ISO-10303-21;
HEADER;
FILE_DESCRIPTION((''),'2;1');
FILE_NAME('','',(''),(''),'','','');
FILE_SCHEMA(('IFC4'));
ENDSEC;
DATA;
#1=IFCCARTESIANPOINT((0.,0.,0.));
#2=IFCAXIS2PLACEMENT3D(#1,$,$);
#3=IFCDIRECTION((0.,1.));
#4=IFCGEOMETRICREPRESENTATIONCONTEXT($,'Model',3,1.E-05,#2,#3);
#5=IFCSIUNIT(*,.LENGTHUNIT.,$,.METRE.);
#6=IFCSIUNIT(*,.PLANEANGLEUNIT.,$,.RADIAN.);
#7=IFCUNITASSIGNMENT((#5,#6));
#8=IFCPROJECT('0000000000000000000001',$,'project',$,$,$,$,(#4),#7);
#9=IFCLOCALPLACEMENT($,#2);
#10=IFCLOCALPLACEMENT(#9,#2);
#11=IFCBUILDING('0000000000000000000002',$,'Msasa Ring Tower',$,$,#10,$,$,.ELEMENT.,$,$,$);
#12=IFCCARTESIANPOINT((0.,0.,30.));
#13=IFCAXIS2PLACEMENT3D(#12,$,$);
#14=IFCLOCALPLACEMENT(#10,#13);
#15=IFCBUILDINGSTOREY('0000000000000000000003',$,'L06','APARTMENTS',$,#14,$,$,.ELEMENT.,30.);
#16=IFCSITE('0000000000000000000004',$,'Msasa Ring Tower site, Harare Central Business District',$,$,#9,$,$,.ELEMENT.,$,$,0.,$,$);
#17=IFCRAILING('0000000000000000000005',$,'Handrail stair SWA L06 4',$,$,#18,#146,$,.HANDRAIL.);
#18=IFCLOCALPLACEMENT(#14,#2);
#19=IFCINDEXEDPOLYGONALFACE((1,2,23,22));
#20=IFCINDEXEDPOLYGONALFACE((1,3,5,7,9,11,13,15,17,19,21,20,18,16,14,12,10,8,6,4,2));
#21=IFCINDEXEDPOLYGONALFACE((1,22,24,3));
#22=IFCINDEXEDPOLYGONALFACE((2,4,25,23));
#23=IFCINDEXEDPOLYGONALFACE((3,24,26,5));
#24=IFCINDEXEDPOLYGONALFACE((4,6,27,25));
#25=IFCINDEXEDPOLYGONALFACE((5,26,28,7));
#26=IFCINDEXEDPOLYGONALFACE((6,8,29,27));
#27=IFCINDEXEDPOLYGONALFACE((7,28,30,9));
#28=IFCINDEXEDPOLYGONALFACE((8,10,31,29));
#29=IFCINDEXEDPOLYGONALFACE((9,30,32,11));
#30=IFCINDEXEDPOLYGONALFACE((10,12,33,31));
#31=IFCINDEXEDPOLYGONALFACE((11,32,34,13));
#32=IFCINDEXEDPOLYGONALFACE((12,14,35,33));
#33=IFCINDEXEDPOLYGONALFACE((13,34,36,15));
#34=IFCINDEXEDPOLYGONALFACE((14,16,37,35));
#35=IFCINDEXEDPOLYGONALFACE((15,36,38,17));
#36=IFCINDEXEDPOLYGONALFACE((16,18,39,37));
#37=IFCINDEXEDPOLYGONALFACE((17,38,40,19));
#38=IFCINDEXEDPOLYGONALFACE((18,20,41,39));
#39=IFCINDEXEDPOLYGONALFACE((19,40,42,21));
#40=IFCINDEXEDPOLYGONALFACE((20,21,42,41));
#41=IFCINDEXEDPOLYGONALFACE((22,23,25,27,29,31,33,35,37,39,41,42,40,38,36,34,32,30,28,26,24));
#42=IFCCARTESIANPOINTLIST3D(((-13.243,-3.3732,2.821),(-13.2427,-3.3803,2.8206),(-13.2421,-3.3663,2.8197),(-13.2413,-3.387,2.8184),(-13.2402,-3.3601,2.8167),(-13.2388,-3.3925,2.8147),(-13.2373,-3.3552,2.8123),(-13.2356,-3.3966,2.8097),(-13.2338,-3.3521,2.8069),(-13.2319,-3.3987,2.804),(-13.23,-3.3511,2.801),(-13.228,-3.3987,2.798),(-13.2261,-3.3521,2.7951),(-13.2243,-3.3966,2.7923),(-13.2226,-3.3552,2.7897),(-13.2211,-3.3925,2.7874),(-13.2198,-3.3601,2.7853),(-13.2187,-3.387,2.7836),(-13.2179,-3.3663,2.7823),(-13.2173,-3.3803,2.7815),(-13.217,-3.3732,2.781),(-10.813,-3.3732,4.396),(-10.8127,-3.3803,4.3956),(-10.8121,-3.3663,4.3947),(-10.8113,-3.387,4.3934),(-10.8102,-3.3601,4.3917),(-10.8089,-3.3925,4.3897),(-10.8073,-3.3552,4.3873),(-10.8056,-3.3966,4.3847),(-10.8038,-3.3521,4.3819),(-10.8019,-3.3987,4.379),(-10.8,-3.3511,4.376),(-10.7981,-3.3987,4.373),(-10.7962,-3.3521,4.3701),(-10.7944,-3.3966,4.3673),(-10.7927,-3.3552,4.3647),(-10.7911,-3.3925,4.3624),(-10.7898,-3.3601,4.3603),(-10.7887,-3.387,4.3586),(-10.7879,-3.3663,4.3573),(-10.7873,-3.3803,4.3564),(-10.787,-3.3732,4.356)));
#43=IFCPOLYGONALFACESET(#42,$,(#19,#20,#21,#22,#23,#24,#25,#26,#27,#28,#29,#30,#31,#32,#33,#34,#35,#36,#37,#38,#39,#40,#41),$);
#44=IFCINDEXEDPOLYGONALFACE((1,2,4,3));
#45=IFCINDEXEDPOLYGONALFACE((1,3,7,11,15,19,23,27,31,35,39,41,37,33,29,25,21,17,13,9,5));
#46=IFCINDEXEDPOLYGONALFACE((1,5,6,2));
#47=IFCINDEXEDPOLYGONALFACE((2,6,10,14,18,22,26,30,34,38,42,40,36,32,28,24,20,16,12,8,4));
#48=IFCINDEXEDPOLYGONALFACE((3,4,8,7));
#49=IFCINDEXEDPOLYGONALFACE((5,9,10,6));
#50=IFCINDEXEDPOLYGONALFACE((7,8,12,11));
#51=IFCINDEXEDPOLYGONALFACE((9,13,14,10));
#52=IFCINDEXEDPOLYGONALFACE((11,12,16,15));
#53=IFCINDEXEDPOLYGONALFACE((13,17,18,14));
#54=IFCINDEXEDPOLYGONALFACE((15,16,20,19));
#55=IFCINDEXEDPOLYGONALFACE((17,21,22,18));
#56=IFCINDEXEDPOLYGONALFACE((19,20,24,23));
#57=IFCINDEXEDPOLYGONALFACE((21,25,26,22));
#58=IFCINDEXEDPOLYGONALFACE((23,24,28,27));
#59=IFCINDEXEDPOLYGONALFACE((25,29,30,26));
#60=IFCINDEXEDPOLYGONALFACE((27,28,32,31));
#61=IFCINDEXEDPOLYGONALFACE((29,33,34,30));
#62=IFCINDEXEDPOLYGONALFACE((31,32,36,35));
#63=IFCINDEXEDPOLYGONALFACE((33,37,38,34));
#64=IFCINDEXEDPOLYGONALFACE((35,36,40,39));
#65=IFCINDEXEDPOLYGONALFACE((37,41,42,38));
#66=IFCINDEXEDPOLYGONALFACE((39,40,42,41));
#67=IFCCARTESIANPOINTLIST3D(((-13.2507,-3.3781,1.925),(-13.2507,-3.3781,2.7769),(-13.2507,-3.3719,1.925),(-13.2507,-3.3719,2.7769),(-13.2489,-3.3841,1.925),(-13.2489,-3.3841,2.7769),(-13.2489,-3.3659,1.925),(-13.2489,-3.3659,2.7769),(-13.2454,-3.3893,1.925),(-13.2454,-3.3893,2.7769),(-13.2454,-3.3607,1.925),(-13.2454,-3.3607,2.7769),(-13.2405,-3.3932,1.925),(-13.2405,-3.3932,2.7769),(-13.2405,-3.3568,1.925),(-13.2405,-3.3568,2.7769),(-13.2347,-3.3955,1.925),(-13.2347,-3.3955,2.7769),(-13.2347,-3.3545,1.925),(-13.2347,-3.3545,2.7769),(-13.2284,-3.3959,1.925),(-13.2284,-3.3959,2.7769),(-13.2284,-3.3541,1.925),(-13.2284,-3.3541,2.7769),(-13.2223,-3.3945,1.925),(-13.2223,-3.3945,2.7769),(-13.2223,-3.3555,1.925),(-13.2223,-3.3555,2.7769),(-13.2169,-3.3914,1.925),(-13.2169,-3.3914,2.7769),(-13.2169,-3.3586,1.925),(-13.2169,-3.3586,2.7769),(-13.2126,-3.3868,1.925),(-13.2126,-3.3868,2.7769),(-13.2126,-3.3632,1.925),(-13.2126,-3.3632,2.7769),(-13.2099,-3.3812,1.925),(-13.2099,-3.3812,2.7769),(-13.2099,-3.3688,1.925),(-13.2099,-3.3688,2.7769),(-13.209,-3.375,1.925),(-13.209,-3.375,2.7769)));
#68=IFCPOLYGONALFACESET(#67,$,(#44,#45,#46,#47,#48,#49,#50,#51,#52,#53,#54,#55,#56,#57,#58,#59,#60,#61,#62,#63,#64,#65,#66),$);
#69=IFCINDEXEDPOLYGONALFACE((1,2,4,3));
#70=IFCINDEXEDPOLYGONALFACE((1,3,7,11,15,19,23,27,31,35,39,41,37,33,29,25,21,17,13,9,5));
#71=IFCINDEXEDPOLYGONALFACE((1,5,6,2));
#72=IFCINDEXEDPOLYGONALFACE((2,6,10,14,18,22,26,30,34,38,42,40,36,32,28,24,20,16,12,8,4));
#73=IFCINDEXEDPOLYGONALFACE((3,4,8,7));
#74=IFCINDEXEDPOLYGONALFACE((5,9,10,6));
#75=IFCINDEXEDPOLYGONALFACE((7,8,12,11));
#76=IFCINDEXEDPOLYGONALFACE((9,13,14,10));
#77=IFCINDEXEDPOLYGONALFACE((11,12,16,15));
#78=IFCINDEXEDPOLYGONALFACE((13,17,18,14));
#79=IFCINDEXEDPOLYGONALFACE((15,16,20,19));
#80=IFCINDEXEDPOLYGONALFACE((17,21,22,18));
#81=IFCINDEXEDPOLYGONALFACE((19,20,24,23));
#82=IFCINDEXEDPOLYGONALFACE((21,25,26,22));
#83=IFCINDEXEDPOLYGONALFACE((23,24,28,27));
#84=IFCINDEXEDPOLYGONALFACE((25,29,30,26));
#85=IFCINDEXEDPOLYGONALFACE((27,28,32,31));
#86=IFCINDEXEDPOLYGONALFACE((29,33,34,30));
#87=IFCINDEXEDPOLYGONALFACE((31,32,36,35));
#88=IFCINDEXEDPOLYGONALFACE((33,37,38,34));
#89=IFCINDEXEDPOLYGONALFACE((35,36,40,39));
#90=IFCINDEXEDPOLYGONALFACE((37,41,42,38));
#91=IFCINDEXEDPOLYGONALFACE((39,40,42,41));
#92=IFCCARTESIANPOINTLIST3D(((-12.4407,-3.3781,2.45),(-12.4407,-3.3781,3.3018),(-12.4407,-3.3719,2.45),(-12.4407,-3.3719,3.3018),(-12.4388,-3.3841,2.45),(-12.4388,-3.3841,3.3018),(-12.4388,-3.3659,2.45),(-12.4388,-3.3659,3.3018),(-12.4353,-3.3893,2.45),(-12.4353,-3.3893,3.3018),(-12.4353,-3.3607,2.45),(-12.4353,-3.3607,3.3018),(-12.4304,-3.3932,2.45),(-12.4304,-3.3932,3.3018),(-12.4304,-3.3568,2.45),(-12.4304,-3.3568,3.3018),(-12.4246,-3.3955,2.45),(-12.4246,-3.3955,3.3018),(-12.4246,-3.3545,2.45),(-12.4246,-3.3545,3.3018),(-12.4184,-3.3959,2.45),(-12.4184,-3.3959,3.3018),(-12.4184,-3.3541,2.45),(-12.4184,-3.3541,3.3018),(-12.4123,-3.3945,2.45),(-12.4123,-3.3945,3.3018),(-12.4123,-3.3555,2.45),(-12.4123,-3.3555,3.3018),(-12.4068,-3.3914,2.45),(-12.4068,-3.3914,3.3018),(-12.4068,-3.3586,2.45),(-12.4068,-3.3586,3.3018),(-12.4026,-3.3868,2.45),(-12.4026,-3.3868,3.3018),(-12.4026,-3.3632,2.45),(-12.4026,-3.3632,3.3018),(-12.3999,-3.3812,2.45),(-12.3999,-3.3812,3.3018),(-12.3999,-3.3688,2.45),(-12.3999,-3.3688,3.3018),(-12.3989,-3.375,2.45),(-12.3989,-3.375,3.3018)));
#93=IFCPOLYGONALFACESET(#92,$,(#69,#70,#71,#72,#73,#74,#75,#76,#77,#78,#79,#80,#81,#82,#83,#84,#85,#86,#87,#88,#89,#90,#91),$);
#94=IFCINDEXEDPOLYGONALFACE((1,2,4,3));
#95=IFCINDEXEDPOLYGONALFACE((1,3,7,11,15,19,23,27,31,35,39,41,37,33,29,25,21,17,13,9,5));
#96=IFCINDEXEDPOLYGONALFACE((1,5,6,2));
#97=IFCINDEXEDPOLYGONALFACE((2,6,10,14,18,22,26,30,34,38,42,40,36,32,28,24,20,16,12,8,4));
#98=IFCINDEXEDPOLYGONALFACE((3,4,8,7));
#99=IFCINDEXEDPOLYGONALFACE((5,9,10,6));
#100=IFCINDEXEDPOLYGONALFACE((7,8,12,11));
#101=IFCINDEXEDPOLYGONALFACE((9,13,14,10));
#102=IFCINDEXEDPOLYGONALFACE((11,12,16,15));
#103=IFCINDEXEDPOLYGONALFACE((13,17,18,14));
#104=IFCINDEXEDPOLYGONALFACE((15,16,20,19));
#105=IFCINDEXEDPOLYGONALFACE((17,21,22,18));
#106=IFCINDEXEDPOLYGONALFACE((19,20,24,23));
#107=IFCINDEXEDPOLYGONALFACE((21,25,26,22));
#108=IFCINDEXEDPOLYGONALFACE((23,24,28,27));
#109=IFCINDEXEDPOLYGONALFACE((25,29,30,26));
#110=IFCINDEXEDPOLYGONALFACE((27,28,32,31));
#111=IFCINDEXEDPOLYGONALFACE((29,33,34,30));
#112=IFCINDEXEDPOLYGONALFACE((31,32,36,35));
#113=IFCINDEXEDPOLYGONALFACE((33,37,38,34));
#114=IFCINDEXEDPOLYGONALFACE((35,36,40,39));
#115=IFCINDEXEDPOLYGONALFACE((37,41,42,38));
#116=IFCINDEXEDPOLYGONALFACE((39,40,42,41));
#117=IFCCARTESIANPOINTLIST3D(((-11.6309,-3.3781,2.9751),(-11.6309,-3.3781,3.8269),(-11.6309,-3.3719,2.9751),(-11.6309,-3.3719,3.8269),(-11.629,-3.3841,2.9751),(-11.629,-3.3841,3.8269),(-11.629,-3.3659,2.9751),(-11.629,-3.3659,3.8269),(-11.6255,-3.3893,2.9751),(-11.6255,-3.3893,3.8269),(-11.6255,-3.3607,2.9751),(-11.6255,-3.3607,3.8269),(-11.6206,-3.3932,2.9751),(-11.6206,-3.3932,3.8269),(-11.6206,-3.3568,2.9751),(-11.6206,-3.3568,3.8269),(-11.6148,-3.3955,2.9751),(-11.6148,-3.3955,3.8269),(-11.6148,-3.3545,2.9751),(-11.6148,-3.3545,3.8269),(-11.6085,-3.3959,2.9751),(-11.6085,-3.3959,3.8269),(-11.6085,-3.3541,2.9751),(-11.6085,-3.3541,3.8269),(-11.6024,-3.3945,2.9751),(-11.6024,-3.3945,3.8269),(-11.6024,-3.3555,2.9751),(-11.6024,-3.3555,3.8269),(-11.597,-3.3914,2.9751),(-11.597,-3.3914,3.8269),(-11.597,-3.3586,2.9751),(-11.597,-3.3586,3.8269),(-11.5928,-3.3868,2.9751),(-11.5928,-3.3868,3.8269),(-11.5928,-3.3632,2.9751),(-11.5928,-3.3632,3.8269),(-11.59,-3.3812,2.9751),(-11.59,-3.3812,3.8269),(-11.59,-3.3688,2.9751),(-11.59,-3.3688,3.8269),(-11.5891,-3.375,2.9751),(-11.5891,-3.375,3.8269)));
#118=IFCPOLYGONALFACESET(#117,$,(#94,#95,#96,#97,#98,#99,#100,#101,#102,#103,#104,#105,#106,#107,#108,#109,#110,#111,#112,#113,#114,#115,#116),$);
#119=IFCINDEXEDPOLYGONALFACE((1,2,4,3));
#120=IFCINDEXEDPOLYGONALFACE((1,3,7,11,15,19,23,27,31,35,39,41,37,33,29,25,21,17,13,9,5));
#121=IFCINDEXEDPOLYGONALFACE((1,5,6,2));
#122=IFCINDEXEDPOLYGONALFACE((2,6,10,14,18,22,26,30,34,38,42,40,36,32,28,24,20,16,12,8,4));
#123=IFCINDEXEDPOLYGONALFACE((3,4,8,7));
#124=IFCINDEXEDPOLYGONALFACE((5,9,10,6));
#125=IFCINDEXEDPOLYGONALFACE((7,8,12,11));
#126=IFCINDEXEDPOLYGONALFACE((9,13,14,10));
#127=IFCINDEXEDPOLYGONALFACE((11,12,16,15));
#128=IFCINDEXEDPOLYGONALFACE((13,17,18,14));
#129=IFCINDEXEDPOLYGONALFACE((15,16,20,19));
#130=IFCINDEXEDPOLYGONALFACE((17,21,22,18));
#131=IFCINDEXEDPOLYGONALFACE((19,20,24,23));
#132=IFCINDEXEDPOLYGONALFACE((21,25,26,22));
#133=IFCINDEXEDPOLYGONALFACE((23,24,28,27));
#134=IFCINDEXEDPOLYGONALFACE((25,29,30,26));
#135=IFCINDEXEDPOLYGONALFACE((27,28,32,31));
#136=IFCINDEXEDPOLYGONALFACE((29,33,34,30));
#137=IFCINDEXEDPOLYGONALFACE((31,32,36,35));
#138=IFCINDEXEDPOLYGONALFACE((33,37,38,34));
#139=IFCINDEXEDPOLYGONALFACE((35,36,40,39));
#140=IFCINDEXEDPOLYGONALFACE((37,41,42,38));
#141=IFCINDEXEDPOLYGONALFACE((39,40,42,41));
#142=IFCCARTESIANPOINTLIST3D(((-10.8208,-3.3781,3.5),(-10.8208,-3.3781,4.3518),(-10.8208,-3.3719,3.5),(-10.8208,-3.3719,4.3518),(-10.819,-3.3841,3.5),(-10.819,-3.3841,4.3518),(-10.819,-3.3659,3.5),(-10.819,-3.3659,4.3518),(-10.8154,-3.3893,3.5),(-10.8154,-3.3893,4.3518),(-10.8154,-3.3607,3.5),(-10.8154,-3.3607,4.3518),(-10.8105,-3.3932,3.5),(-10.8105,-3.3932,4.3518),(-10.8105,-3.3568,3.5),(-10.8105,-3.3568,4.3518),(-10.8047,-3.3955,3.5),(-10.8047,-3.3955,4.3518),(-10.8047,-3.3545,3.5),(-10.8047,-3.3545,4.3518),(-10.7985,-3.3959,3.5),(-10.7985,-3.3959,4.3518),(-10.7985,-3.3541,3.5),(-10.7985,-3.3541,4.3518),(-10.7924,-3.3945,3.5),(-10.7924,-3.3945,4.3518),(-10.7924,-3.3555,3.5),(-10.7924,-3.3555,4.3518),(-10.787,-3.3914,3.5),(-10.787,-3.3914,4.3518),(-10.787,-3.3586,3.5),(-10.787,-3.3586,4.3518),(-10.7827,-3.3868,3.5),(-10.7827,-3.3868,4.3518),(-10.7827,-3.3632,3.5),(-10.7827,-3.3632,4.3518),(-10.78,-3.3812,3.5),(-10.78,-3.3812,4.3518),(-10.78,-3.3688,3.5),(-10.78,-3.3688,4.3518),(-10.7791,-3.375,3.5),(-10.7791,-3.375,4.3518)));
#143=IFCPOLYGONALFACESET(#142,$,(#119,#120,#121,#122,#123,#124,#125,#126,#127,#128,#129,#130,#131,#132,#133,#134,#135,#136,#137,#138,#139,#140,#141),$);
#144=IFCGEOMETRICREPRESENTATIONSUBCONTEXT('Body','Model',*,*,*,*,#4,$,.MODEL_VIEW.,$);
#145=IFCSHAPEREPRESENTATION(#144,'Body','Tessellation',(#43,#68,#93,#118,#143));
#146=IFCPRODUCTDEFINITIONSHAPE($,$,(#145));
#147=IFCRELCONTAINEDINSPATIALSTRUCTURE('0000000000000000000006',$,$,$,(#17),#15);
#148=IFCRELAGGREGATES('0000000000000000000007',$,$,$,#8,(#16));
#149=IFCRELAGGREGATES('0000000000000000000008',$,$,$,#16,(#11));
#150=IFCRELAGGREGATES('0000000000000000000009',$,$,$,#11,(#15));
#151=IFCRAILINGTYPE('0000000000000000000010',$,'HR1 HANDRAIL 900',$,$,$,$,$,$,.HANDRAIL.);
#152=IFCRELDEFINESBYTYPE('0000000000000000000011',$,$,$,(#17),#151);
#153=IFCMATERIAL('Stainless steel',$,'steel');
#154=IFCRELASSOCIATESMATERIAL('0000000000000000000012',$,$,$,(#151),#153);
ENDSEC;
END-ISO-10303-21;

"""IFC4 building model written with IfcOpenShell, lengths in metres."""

from ifc_helpers import new_model, si_unit, direction, frame, origin, origin_2d, place, context, subcontext, project, spatial, circle, extrude, material, type_object, element, save


model = new_model("IFC4")

# Units and contexts
model_context = context("Model", 3, precision=1e-05, world=origin(), true_north=direction((0.0, 1.0)))
body_context = subcontext(model_context, "Body", "Model", "MODEL_VIEW")
ifc_project = project(units=[si_unit("LENGTHUNIT", "METRE"), si_unit("PLANEANGLEUNIT", "RADIAN")], contexts=[model_context])

# Site, building, storey
site_placement = place(None, origin())
site = spatial("IfcSite", under=ifc_project, at=site_placement, Name="Msasa Ring Tower site, Harare Central Business District", CompositionType="ELEMENT", RefElevation=0.0)
building_placement = place(site_placement, origin())
building = spatial("IfcBuilding", under=site, at=building_placement, Name="Msasa Ring Tower", CompositionType="ELEMENT")
storey_placement = place(building_placement, frame((0.0, 0.0, 30.0)))
storey = spatial("IfcBuildingStorey", under=building, at=storey_placement, Name="L06", Description="APARTMENTS", CompositionType="ELEMENT", Elevation=30.0)

# Railing
ifc_material_1 = material(Name="Stainless steel", Category="steel")
railing_type = type_object("IfcRailingType", Name="HR1 HANDRAIL 900", PredefinedType="HANDRAIL", material=ifc_material_1)
for number, where, name in (
    (1, (-13.23, -3.375, 1.925), "Handrail stair SWA L06 4"),
):
    element("IfcRailing", number, at=place(storey_placement, frame(where)), inside=storey, type_object=railing_type, Name=name, PredefinedType="HANDRAIL", context=body_context, shape_type="SweptSolid", body=[
        extrude(circle(Radius=0.0239, at=origin_2d()), frame((0.0, 0.0, 0.876), z_axis=(0.839154, 0.0, 0.543894), x_axis=(0.0, 1.0, 0.0)), (0.0, 0.0, 1.0), 2.8958),
        extrude(circle(Radius=0.021, at=origin_2d()), origin(), (0.0, 0.0, 1.0), 0.8518),
        extrude(circle(Radius=0.021, at=origin_2d()), frame((0.8101, 0.0, 0.5249)), (0.0, 0.0, 1.0), 0.8518),
        extrude(circle(Radius=0.021, at=origin_2d()), frame((1.6199, 0.0, 1.05)), (0.0, 0.0, 1.0), 0.8518),
        extrude(circle(Radius=0.021, at=origin_2d()), frame((2.4299, 0.0, 1.575)), (0.0, 0.0, 1.0), 0.8518),
    ])

save(model, "model.ifc")
